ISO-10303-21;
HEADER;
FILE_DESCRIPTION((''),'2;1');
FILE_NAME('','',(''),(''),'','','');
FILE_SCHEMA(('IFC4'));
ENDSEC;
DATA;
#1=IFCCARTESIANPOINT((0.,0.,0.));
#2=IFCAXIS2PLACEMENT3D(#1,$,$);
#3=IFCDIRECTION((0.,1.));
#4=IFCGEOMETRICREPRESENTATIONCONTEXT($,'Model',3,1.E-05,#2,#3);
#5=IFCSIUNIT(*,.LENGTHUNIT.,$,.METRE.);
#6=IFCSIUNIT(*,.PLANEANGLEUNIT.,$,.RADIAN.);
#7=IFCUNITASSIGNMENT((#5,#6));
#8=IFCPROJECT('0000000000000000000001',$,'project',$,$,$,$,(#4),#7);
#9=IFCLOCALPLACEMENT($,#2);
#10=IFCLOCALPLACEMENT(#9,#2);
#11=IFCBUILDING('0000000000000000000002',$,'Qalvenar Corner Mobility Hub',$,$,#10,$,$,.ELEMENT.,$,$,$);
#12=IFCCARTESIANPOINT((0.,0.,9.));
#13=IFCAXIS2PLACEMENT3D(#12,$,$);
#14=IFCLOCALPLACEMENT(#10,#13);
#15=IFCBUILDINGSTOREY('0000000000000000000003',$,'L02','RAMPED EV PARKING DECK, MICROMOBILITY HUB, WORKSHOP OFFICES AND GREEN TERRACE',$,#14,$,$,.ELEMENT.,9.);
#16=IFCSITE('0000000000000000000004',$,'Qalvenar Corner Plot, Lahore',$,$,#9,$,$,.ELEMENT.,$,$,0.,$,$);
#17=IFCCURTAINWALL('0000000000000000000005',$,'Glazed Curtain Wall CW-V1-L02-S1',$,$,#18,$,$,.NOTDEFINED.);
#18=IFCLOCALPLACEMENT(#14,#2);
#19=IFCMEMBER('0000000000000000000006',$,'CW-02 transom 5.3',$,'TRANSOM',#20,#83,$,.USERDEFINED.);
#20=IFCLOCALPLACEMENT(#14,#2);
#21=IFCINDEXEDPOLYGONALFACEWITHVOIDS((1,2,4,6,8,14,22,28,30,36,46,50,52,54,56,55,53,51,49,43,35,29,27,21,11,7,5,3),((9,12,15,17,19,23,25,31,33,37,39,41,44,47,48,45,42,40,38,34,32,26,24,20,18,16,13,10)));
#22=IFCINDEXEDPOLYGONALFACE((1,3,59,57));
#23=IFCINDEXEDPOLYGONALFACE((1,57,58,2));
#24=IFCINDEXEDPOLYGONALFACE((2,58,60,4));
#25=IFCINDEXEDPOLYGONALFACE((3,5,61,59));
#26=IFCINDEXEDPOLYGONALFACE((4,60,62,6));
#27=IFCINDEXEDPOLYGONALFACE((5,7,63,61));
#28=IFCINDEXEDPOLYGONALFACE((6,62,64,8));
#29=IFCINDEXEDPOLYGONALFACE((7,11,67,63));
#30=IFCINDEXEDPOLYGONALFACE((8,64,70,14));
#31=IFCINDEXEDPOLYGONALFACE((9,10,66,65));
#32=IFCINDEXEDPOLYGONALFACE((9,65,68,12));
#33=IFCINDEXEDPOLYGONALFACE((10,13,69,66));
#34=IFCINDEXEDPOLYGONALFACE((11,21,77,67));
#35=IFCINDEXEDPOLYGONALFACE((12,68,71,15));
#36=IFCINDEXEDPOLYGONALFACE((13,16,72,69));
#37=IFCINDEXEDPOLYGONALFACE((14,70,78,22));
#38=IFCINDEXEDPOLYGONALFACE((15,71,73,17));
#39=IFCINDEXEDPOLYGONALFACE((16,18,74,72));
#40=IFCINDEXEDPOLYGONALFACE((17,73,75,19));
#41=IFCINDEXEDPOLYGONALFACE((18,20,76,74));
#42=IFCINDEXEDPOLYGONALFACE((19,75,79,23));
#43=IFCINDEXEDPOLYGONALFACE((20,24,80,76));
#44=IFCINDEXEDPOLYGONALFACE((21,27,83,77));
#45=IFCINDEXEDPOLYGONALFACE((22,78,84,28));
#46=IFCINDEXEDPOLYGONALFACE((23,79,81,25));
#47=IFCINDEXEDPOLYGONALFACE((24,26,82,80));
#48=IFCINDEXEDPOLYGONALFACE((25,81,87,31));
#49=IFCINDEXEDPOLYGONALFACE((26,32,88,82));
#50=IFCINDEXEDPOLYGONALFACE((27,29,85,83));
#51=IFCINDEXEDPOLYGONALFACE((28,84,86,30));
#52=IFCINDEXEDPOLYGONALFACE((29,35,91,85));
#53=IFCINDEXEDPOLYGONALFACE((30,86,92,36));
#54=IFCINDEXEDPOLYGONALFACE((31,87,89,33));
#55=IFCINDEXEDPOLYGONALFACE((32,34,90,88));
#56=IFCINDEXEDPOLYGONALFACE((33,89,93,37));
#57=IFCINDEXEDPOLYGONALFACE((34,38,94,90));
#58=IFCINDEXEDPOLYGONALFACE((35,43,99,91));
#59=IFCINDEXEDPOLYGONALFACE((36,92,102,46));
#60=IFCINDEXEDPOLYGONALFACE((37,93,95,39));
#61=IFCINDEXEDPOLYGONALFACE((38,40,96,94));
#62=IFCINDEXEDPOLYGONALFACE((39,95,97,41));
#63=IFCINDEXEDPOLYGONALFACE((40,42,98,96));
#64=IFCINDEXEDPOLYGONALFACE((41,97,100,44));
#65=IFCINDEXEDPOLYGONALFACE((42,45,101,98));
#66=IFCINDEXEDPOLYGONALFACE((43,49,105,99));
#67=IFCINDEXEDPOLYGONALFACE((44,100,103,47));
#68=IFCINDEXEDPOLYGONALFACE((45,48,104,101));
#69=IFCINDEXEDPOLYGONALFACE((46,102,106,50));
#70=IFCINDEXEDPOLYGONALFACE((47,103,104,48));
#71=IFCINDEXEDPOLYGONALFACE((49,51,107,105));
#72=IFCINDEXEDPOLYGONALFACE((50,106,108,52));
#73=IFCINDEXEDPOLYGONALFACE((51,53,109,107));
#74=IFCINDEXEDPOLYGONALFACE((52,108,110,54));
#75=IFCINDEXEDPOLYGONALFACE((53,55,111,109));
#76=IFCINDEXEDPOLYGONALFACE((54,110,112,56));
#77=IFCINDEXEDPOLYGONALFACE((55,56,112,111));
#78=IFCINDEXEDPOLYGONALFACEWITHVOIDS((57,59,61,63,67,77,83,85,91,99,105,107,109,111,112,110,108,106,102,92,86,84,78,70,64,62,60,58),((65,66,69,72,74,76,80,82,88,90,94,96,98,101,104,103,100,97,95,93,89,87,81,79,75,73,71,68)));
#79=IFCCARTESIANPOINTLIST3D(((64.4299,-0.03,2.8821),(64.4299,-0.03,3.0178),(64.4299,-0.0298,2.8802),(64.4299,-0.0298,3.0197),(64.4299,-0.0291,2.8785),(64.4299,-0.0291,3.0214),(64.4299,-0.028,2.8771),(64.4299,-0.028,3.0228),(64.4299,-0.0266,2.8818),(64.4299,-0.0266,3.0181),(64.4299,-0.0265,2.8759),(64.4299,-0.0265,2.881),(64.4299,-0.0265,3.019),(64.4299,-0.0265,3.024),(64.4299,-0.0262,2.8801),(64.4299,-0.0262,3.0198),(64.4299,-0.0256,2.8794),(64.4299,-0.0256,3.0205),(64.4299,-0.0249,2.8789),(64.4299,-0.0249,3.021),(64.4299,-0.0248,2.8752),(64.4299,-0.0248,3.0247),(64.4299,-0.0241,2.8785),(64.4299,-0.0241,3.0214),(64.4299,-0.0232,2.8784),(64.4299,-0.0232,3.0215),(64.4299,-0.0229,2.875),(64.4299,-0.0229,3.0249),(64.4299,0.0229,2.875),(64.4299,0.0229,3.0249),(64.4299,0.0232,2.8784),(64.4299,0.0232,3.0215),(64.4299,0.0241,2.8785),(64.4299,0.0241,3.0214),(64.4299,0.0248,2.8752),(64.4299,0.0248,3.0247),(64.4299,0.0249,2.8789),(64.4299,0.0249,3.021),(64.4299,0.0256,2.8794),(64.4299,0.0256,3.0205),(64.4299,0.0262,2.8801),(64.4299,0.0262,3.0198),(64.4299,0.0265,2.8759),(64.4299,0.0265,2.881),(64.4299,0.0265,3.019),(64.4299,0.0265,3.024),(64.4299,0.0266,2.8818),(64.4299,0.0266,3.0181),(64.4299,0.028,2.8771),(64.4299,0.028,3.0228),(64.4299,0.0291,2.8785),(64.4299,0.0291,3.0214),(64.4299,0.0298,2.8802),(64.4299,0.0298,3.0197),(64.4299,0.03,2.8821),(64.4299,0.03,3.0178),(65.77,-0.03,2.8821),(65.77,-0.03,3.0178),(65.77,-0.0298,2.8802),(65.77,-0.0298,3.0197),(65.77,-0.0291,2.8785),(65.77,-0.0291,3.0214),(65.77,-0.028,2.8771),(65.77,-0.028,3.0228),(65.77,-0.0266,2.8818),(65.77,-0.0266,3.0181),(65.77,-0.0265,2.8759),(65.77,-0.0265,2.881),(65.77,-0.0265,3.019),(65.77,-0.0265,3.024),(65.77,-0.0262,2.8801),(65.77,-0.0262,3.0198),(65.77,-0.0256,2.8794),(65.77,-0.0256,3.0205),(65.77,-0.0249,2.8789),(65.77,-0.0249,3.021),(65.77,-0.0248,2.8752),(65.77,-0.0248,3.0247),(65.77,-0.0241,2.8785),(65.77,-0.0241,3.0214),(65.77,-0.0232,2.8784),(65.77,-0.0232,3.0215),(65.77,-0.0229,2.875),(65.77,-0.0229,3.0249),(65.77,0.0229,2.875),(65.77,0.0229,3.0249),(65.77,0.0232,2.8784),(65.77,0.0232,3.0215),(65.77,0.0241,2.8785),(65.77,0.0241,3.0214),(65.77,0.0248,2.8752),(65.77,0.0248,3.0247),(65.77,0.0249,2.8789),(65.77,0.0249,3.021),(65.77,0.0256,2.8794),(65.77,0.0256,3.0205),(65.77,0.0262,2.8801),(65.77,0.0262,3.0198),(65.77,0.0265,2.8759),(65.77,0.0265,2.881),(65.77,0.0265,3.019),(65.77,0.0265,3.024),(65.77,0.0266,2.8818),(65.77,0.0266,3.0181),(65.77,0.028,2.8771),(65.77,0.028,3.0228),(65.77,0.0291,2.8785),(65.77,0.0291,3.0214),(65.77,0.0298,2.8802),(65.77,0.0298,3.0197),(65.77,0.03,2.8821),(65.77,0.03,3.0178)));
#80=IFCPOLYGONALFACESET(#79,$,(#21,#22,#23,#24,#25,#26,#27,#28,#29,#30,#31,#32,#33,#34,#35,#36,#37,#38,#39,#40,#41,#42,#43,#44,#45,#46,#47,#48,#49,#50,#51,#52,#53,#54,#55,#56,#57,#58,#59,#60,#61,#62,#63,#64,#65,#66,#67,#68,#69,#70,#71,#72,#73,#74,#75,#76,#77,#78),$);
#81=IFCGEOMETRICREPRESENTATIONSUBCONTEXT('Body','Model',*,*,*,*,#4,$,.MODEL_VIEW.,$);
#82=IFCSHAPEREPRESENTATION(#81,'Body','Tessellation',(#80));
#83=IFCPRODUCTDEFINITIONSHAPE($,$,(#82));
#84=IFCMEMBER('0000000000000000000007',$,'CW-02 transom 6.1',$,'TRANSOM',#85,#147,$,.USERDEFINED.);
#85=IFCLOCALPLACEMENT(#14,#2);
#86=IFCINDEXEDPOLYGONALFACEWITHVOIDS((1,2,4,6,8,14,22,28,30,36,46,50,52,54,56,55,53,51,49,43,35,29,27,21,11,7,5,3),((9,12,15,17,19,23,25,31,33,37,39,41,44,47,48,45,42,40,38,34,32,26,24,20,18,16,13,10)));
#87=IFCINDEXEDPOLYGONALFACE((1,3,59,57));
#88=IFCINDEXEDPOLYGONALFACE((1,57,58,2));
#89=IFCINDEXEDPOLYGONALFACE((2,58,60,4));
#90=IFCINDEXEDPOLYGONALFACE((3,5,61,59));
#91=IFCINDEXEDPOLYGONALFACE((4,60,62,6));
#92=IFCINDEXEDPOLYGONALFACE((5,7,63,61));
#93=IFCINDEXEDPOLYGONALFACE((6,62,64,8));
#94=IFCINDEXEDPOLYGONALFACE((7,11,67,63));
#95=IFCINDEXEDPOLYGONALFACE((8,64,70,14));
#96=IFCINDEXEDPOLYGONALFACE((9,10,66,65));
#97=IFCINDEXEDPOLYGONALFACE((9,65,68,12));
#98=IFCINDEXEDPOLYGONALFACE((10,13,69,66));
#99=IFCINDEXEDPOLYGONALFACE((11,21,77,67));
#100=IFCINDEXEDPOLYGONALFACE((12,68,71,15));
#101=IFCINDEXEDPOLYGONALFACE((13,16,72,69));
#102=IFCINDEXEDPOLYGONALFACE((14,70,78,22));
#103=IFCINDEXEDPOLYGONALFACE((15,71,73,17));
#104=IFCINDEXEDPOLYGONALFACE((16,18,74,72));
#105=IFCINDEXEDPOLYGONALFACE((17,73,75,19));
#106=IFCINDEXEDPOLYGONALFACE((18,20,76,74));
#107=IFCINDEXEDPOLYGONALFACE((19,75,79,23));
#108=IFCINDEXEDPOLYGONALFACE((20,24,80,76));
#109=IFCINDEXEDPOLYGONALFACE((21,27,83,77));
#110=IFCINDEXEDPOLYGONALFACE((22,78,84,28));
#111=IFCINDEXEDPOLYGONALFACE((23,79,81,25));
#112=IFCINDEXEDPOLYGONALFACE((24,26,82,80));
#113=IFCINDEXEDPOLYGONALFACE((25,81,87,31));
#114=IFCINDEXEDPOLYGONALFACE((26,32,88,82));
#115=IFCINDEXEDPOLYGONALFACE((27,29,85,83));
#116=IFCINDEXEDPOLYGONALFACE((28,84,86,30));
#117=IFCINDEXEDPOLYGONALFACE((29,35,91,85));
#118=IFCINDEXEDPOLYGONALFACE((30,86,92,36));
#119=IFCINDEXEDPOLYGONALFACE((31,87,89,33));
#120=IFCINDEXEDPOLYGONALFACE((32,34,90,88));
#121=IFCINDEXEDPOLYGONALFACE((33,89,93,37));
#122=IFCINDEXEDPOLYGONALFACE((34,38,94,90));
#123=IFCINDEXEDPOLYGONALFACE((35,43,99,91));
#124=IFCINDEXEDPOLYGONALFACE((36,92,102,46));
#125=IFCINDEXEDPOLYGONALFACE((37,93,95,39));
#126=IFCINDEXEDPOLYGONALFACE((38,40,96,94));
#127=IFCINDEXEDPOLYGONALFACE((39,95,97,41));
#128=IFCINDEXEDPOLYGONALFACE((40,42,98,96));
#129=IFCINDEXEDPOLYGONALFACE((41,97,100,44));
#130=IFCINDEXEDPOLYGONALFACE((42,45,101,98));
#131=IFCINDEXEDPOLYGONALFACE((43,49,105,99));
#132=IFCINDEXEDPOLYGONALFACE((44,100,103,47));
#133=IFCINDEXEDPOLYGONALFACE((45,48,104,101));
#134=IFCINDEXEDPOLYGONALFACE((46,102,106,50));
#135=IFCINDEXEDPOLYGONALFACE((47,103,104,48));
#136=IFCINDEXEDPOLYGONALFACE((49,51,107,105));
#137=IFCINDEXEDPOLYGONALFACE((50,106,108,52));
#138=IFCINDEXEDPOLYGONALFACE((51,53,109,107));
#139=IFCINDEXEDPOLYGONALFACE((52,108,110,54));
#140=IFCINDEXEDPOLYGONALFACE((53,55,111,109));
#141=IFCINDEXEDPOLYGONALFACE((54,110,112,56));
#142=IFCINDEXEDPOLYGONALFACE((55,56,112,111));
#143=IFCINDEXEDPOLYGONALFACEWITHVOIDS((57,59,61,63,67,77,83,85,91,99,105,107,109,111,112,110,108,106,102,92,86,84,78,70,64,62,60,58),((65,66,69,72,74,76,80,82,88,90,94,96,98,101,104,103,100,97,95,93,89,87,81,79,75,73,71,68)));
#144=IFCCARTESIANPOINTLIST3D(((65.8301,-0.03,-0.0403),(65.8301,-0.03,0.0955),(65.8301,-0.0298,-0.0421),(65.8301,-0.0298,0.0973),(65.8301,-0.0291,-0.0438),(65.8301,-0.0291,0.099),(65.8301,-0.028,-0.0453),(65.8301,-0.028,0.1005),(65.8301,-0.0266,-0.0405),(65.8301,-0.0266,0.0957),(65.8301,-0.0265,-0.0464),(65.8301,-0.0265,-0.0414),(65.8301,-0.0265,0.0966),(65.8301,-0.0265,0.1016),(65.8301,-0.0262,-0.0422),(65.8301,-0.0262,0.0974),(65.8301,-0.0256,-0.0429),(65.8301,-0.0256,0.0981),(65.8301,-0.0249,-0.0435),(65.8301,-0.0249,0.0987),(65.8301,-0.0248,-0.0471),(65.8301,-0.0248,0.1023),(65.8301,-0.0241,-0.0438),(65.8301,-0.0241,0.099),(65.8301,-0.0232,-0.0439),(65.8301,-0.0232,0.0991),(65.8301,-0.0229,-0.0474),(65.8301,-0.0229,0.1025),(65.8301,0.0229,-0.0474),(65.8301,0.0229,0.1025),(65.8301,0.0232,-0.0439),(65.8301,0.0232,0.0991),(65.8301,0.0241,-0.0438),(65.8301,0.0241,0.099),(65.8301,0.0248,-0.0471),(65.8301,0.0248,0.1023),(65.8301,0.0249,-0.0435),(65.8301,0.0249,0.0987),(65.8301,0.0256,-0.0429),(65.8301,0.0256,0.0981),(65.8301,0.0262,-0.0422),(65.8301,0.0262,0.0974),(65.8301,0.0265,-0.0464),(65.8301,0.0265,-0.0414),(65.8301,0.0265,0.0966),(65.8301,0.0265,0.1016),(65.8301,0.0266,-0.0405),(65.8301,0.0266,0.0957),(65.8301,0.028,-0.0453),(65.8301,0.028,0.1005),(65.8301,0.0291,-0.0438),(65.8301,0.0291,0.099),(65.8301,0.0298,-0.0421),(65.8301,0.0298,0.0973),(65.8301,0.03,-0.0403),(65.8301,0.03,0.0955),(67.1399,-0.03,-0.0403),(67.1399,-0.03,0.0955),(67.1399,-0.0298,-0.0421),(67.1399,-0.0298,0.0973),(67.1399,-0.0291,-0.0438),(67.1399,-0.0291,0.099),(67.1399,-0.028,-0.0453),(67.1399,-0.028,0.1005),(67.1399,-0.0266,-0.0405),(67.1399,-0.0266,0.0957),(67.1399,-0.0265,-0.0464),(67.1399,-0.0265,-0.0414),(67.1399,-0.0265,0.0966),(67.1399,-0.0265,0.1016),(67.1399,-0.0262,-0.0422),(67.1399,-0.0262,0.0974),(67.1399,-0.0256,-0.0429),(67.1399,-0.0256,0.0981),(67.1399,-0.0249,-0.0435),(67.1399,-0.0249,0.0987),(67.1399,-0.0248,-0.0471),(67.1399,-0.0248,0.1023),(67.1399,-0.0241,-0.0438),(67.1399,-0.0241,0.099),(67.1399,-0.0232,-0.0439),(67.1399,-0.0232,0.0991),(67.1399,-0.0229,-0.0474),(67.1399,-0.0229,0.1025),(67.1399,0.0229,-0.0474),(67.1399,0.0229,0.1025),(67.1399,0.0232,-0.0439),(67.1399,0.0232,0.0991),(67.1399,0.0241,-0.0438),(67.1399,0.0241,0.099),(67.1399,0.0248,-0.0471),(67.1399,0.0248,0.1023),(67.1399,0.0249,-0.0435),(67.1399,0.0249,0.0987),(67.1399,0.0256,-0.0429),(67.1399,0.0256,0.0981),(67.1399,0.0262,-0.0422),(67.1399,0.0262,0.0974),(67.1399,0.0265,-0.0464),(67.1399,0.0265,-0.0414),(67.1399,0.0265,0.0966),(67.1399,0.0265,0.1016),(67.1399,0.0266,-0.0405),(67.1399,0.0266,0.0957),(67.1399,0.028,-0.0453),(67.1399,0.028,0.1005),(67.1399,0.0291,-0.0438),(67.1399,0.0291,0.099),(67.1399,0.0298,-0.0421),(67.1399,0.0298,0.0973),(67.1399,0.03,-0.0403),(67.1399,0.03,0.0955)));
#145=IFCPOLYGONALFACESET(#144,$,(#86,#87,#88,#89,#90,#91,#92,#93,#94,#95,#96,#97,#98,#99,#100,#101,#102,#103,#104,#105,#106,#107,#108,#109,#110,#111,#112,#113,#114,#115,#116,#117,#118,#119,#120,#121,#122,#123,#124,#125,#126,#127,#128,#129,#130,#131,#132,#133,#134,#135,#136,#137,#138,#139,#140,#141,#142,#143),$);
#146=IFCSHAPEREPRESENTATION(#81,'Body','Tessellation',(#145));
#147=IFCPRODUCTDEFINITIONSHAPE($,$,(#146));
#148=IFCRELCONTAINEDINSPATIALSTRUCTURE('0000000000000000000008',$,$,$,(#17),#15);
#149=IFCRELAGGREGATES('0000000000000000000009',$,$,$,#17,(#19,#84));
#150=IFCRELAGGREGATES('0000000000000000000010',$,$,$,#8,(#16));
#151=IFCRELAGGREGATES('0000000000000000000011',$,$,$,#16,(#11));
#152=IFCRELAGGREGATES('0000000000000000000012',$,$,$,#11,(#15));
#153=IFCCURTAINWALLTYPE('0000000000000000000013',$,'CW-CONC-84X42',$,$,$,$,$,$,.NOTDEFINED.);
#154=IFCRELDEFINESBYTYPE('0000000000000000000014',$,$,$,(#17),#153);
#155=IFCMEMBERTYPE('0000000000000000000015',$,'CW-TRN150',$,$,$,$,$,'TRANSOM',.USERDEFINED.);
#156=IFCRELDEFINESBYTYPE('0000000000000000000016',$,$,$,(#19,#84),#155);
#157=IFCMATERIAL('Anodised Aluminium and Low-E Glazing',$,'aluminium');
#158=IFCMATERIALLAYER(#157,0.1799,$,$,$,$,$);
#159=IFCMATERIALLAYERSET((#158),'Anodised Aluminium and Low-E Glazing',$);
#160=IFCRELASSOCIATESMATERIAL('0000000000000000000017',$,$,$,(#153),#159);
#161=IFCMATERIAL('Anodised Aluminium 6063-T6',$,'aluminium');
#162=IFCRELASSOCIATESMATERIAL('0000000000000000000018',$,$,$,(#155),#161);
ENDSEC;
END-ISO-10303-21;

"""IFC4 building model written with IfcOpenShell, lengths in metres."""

from ifc_helpers import new_model, si_unit, direction, frame, origin, origin_2d, place, context, subcontext, project, spatial, hollow_rectangle, extrude, material, layer, layer_set, material_profile, profile_set, type_object, element, aggregate, save


model = new_model("IFC4")

# Units and contexts
model_context = context("Model", 3, precision=1e-05, world=origin(), true_north=direction((0.0, 1.0)))
body_context = subcontext(model_context, "Body", "Model", "MODEL_VIEW")
ifc_project = project(units=[si_unit("LENGTHUNIT", "METRE"), si_unit("PLANEANGLEUNIT", "RADIAN")], contexts=[model_context])

# Site, building, storey
site_placement = place(None, origin())
site = spatial("IfcSite", under=ifc_project, at=site_placement, Name="Qalvenar Corner Plot, Lahore", CompositionType="ELEMENT", RefElevation=0.0)
building_placement = place(site_placement, origin())
building = spatial("IfcBuilding", under=site, at=building_placement, Name="Qalvenar Corner Mobility Hub", CompositionType="ELEMENT")
storey_placement = place(building_placement, frame((0.0, 0.0, 9.0)))
storey = spatial("IfcBuildingStorey", under=building, at=storey_placement, Name="L02", Description="RAMPED EV PARKING DECK, MICROMOBILITY HUB, WORKSHOP OFFICES AND GREEN TERRACE", CompositionType="ELEMENT", Elevation=9.0)

# Curtain wall
ifc_material_1 = material(Name="Anodised Aluminium and Low-E Glazing", Category="aluminium")
ifc_layer_1 = layer(ifc_material_1, 0.1799)
ifc_layer_set_1 = layer_set([ifc_layer_1], Name="Anodised Aluminium and Low-E Glazing")
curtain_wall_type = type_object("IfcCurtainWallType", Name="CW-CONC-84X42", PredefinedType="NOTDEFINED", material=ifc_layer_set_1)
curtain_wall_1_placement = place(storey_placement, origin())
curtain_wall_1 = element("IfcCurtainWall", 1, at=curtain_wall_1_placement, inside=storey, type_object=curtain_wall_type, Name="Glazed Curtain Wall CW-V1-L02-S1", PredefinedType="NOTDEFINED")
ifc_material_2 = material(Name="Anodised Aluminium 6063-T6", Category="aluminium")

# Members
ifc_material_profile_1 = material_profile(ifc_material_2, hollow_rectangle(XDim=0.0601, YDim=0.1499, WallThickness=0.0034, InnerFilletRadius=0.0034, OuterFilletRadius=0.0071, at=origin_2d()), Name="RHS150x60x3.5")
ifc_profile_set_1 = profile_set([ifc_material_profile_1], Name="Anodised Aluminium 6063-T6")
member_type_1 = type_object("IfcMemberType", Name="CW-TRN150", ElementType="TRANSOM", PredefinedType="USERDEFINED", material=ifc_profile_set_1)
member_1_placement = place(storey_placement, frame((64.4299, 0.0, 2.95), z_axis=(1.0, 0.0, 0.0), x_axis=(0.0, 1.0, 0.0)))
member_1 = element("IfcMember", 2, at=member_1_placement, type_object=member_type_1, Name="CW-02 transom 5.3", ObjectType="TRANSOM", PredefinedType="USERDEFINED", context=body_context, shape_type="SweptSolid", body=[
    extrude(hollow_rectangle(XDim=0.0601, YDim=0.1499, WallThickness=0.0034, InnerFilletRadius=0.0034, OuterFilletRadius=0.0071, at=origin_2d()), origin(), (0.0, 0.0, 1.0), 1.3401),
])
member_2_placement = place(storey_placement, frame((65.8301, 0.0, 0.0276), z_axis=(1.0, 0.0, 0.0), x_axis=(0.0, 1.0, 0.0)))
member_2 = element("IfcMember", 3, at=member_2_placement, type_object=member_type_1, Name="CW-02 transom 6.1", ObjectType="TRANSOM", PredefinedType="USERDEFINED", context=body_context, shape_type="SweptSolid", body=[
    extrude(hollow_rectangle(XDim=0.0601, YDim=0.1499, WallThickness=0.0034, InnerFilletRadius=0.0034, OuterFilletRadius=0.0071, at=origin_2d()), origin(), (0.0, 0.0, 1.0), 1.3098),
])

aggregate(curtain_wall_1, [member_1, member_2])

save(model, "model.ifc")
